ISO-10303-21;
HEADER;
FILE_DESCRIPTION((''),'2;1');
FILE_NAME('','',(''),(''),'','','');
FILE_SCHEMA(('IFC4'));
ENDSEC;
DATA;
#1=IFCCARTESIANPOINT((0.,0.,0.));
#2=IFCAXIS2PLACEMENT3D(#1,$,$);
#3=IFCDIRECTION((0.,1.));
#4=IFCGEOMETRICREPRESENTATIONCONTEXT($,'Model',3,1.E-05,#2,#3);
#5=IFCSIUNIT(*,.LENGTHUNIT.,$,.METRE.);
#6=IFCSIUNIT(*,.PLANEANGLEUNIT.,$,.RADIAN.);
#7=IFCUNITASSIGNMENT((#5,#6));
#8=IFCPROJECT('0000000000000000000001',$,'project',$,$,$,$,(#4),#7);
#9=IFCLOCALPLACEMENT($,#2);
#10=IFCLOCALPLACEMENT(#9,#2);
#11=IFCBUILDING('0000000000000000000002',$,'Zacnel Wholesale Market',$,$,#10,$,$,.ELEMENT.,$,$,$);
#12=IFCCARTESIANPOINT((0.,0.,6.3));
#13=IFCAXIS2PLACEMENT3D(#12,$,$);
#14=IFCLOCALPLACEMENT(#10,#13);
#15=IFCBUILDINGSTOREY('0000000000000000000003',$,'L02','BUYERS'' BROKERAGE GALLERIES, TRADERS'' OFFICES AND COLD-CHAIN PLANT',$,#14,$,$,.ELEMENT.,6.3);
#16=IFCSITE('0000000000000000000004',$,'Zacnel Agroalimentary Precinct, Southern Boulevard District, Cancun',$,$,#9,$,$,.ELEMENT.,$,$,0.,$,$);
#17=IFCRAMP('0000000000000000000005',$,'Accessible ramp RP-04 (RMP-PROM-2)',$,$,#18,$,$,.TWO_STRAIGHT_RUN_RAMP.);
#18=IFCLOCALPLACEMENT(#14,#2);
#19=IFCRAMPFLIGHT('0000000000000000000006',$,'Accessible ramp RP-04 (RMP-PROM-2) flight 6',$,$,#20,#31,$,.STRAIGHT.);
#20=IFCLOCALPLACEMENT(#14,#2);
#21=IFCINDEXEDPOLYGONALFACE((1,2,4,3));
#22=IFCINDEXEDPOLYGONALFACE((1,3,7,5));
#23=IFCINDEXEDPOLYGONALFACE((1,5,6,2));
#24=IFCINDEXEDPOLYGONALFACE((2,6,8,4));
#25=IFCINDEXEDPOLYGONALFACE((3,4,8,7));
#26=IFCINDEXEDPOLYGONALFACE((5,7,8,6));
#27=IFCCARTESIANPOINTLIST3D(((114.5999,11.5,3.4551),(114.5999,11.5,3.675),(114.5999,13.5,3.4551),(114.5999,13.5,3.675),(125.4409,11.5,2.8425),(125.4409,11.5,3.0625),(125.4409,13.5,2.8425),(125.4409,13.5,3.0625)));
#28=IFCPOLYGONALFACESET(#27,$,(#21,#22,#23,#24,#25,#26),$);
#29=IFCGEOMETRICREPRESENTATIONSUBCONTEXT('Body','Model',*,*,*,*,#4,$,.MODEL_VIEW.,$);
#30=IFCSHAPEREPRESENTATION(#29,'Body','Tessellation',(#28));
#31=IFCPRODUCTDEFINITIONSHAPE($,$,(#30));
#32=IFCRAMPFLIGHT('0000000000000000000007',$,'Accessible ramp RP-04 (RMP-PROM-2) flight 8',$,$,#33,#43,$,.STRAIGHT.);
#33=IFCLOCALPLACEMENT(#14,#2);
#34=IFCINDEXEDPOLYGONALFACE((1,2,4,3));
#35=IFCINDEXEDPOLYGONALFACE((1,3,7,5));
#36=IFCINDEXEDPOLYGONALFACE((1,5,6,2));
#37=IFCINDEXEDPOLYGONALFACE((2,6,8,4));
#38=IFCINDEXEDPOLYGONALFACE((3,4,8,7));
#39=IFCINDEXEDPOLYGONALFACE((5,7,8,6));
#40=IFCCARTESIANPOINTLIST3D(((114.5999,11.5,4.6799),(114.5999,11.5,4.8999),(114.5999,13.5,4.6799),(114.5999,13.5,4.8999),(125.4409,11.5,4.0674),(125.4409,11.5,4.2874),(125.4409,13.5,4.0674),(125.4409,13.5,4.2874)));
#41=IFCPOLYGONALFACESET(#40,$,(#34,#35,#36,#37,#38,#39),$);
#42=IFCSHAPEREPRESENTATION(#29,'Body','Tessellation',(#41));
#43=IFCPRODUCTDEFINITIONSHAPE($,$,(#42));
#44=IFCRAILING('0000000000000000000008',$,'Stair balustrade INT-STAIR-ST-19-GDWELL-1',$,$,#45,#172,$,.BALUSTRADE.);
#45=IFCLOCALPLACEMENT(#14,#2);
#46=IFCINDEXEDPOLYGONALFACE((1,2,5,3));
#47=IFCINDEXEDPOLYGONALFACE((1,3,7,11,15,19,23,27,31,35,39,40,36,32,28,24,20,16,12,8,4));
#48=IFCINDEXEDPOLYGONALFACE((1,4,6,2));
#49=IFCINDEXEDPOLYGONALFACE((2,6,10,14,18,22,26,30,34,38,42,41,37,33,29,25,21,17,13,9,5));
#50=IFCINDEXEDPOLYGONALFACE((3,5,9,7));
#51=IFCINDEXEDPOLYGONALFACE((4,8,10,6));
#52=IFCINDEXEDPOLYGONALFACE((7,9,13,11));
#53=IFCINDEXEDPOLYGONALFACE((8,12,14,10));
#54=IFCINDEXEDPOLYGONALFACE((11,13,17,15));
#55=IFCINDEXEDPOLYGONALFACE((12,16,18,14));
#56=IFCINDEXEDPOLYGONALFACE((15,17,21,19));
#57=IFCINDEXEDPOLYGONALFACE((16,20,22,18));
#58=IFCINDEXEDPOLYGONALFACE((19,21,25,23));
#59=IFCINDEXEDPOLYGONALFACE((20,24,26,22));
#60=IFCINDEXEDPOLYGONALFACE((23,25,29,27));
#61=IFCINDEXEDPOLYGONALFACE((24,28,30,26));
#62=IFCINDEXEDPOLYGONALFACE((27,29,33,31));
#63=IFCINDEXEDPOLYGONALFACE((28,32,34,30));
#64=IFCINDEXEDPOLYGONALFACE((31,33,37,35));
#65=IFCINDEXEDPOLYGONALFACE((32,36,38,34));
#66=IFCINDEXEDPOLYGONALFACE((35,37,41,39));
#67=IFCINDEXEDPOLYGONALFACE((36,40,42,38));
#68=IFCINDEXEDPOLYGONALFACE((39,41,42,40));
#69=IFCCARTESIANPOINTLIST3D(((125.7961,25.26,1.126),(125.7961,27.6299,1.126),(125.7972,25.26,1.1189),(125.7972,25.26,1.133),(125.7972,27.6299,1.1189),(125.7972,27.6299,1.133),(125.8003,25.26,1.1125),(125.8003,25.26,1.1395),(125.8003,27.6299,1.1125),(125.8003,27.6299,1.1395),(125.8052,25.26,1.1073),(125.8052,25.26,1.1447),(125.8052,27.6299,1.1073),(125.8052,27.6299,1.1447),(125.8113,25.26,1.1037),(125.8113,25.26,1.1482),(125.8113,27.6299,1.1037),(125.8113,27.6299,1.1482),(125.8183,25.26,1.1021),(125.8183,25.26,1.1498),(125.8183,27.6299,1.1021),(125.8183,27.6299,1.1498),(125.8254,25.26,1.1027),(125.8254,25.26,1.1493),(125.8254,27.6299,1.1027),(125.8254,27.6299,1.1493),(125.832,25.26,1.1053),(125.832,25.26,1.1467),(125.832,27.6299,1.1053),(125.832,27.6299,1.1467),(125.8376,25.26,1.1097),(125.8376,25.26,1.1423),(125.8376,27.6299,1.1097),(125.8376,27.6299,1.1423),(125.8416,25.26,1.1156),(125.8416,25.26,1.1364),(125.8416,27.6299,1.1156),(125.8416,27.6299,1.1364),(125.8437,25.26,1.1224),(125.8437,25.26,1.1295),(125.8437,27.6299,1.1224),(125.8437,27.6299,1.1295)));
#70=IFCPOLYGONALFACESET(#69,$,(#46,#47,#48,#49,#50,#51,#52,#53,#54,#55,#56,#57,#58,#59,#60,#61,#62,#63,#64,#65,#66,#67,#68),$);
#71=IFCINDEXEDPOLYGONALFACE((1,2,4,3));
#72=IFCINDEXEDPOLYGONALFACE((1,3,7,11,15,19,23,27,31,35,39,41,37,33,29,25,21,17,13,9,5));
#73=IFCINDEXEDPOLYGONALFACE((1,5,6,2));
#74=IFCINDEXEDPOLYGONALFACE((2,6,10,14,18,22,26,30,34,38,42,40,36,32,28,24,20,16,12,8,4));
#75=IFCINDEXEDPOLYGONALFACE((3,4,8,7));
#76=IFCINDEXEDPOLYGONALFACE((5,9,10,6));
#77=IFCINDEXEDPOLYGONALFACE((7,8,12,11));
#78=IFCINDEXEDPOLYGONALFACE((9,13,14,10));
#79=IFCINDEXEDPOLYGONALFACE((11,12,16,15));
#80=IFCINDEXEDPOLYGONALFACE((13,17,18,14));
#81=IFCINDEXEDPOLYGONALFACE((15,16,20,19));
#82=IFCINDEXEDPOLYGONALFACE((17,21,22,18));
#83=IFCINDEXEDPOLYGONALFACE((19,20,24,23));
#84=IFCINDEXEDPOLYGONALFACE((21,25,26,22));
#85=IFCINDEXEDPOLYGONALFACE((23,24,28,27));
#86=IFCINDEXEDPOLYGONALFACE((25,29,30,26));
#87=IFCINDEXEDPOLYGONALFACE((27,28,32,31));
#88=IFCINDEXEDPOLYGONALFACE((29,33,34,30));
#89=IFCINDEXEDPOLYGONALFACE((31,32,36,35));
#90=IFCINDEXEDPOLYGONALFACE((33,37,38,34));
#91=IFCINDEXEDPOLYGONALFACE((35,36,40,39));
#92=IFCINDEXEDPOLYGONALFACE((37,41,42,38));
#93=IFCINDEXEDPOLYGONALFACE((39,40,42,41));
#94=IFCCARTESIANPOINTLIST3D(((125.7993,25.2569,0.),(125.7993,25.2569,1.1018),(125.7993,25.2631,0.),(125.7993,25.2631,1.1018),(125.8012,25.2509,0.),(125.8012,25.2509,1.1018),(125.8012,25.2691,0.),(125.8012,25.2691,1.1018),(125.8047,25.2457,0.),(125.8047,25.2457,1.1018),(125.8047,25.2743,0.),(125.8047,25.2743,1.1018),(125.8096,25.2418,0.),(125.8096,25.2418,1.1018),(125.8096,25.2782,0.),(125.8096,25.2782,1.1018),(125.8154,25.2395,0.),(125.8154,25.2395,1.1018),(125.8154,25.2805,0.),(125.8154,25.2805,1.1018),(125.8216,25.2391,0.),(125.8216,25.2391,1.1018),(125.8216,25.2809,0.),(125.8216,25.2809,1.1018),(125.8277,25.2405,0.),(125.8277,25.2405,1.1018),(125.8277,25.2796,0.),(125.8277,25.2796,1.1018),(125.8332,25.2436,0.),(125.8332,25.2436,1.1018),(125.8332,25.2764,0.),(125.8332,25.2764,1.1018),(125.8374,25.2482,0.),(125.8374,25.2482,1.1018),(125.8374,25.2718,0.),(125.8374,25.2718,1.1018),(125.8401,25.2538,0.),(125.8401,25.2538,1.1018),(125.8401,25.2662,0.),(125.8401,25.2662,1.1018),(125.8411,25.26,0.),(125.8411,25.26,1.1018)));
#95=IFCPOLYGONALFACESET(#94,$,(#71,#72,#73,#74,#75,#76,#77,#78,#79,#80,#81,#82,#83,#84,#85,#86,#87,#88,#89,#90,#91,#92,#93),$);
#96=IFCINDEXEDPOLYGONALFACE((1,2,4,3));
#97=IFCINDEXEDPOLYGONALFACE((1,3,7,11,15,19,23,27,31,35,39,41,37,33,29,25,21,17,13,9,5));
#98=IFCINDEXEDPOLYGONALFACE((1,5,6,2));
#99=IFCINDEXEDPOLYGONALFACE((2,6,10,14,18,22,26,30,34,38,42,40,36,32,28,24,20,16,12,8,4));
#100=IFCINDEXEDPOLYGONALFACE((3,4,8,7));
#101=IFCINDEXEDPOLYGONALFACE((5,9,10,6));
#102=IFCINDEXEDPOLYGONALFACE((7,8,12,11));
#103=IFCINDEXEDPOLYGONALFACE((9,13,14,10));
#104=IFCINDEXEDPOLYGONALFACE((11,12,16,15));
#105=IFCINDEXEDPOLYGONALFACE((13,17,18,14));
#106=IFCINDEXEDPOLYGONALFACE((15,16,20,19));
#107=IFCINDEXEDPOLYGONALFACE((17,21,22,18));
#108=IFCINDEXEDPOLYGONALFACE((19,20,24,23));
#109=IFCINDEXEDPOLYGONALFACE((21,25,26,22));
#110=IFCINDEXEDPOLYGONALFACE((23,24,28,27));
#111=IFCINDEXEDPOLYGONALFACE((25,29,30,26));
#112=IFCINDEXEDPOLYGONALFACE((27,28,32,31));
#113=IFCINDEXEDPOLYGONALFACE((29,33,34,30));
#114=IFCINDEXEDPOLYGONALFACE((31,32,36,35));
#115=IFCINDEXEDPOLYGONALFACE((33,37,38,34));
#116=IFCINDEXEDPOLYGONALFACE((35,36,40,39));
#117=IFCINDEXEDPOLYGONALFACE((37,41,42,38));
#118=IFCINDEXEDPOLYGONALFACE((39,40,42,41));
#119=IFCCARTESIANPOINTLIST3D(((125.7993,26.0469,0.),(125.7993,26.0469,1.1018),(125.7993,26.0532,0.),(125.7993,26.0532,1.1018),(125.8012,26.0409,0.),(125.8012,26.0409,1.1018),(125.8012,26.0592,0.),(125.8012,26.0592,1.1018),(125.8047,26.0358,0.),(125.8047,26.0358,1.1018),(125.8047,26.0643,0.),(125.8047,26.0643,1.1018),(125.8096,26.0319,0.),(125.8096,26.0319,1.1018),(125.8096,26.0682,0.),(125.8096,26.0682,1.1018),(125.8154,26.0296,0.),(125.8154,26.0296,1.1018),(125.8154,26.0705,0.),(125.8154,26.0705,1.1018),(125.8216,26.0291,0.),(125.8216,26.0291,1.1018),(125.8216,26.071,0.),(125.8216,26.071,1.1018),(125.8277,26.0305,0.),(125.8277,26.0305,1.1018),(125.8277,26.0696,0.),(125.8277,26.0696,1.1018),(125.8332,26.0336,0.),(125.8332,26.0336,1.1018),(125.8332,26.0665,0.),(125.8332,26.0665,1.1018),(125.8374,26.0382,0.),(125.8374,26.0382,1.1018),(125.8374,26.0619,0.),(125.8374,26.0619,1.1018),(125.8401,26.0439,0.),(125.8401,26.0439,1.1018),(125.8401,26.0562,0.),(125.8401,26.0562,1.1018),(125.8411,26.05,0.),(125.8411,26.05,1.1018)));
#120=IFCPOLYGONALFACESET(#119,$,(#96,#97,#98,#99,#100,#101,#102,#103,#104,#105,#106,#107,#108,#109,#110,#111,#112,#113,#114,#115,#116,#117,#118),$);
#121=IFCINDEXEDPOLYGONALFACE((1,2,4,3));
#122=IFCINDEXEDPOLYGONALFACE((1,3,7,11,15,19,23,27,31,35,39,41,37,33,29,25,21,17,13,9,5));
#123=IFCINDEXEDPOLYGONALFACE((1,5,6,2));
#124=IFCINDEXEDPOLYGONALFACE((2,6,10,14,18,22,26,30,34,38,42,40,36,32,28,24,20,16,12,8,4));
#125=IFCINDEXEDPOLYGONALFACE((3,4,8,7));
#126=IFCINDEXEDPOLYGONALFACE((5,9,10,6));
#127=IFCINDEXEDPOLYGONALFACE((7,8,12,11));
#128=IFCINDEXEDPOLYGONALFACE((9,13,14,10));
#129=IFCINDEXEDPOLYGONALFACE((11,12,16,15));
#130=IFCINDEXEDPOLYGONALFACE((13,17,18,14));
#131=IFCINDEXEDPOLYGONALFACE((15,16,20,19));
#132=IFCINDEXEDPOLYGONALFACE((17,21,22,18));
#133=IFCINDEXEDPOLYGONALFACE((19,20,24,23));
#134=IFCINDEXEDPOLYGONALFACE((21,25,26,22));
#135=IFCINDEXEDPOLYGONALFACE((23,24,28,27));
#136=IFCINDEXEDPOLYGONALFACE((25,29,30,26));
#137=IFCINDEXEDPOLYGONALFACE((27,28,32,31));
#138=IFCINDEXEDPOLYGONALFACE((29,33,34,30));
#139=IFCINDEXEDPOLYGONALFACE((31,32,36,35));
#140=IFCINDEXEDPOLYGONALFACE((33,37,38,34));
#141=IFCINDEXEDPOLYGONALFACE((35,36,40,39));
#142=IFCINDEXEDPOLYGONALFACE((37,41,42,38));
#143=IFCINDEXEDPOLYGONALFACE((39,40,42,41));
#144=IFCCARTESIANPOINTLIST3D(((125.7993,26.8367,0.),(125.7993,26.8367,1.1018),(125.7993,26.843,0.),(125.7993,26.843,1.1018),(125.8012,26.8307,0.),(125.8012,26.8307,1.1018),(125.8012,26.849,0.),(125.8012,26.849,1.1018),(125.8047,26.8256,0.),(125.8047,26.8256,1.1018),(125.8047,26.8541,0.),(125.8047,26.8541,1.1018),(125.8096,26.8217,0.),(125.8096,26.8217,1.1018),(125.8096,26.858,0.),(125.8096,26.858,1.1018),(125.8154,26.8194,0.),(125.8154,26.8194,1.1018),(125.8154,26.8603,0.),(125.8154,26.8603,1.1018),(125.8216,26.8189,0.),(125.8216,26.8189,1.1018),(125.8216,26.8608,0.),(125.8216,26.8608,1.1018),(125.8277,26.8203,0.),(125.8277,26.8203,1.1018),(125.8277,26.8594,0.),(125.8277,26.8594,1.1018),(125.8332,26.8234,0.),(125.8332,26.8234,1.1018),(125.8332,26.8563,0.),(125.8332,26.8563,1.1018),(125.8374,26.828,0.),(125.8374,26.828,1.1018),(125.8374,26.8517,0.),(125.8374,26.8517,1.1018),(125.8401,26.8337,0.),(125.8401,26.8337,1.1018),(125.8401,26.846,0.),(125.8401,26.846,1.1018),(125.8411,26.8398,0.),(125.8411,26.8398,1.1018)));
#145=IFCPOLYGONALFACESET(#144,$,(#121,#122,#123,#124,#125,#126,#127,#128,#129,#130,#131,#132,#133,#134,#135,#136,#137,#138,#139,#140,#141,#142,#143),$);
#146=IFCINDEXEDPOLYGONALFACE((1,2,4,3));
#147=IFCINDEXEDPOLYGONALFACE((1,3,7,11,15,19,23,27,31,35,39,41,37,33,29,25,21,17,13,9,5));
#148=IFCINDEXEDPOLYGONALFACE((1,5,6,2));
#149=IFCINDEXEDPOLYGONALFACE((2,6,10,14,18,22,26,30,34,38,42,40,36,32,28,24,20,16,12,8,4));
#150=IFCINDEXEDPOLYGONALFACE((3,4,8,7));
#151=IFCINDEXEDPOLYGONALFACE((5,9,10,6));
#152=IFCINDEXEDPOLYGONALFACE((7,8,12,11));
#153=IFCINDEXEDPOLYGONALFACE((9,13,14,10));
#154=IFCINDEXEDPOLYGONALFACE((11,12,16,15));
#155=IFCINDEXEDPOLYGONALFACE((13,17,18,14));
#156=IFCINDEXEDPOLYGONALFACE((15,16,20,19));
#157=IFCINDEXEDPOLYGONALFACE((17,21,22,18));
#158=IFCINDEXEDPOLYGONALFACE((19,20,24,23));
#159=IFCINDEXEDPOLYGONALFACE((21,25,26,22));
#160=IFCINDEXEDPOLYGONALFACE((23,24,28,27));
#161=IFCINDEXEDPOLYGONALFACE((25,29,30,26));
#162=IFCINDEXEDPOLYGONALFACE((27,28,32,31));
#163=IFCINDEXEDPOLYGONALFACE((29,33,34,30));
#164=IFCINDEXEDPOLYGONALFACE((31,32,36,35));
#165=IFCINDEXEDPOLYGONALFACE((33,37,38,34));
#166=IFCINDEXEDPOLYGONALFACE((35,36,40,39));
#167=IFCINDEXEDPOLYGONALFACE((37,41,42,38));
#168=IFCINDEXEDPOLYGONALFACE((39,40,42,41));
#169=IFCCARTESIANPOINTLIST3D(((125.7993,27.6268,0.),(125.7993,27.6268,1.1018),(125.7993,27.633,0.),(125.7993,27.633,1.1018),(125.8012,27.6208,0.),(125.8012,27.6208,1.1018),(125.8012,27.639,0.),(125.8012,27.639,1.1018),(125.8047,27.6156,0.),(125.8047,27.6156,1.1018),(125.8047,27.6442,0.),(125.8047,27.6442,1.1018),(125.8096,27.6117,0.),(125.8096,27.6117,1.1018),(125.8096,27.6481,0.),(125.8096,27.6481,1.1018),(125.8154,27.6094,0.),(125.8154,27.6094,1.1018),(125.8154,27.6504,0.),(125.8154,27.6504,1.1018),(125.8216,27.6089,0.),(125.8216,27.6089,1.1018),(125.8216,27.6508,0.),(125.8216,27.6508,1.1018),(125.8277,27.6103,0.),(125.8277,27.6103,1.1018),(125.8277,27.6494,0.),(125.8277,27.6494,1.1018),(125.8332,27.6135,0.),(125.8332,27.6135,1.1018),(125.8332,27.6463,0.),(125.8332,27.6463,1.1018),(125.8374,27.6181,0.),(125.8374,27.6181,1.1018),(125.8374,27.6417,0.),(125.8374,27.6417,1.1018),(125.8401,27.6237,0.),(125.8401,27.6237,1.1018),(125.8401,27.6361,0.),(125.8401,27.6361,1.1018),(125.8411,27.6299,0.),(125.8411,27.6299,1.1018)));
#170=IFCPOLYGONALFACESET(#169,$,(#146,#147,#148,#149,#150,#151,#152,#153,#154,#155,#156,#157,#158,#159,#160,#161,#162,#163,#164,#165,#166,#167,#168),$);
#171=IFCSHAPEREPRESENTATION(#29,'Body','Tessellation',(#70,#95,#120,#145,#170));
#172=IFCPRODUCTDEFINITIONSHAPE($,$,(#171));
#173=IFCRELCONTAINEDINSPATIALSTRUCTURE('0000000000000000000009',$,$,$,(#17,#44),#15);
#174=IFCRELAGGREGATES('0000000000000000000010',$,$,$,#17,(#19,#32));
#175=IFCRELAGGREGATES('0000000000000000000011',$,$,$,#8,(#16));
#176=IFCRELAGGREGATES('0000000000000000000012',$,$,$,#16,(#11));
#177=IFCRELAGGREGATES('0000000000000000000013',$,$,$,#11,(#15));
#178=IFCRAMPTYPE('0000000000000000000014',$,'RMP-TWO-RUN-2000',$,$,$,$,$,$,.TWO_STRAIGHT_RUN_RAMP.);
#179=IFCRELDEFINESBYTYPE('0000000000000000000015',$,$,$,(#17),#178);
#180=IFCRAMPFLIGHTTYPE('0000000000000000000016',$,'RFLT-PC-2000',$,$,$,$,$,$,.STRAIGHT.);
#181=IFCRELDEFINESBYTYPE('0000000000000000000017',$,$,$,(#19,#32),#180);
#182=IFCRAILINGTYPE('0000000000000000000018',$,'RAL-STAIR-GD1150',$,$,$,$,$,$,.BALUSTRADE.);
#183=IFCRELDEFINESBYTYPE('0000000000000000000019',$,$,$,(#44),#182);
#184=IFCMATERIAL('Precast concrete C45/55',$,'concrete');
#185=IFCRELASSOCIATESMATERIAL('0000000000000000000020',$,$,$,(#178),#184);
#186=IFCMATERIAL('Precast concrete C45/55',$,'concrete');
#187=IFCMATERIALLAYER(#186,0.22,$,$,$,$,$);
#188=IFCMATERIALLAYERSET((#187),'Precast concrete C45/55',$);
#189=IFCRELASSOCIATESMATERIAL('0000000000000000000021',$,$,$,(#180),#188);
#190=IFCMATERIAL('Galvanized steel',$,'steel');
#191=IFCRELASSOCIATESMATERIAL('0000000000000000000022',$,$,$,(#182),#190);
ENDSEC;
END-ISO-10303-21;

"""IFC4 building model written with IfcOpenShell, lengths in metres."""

from ifc_helpers import new_model, si_unit, direction, frame, origin, origin_2d, place, context, subcontext, project, spatial, polyline, circle, outline, extrude, material, layer, layer_set, type_object, element, aggregate, save


model = new_model("IFC4")

# Units and contexts
model_context = context("Model", 3, precision=1e-05, world=origin(), true_north=direction((0.0, 1.0)))
body_context = subcontext(model_context, "Body", "Model", "MODEL_VIEW")
ifc_project = project(units=[si_unit("LENGTHUNIT", "METRE"), si_unit("PLANEANGLEUNIT", "RADIAN")], contexts=[model_context])

# Site, building, storey
site_placement = place(None, origin())
site = spatial("IfcSite", under=ifc_project, at=site_placement, Name="Zacnel Agroalimentary Precinct, Southern Boulevard District, Cancun", CompositionType="ELEMENT", RefElevation=0.0)
building_placement = place(site_placement, origin())
building = spatial("IfcBuilding", under=site, at=building_placement, Name="Zacnel Wholesale Market", CompositionType="ELEMENT")
storey_placement = place(building_placement, frame((0.0, 0.0, 6.3)))
storey = spatial("IfcBuildingStorey", under=building, at=storey_placement, Name="L02", Description="BUYERS' BROKERAGE GALLERIES, TRADERS' OFFICES AND COLD-CHAIN PLANT", CompositionType="ELEMENT", Elevation=6.3)

# Ramp
ifc_material_1 = material(Name="Precast concrete C45/55", Category="concrete")
ramp_type = type_object("IfcRampType", Name="RMP-TWO-RUN-2000", PredefinedType="TWO_STRAIGHT_RUN_RAMP", material=ifc_material_1)
ramp_placement = place(storey_placement, origin())
ramp = element("IfcRamp", 1, at=ramp_placement, inside=storey, type_object=ramp_type, Name="Accessible ramp RP-04 (RMP-PROM-2)", PredefinedType="TWO_STRAIGHT_RUN_RAMP")

# Ramp flights
ifc_material_2 = material(Name="Precast concrete C45/55", Category="concrete")
ifc_layer_1 = layer(ifc_material_2, 0.22)
ifc_layer_set_1 = layer_set([ifc_layer_1], Name="Precast concrete C45/55")
ramp_flight_type = type_object("IfcRampFlightType", Name="RFLT-PC-2000", PredefinedType="STRAIGHT", material=ifc_layer_set_1)
ramp_flight_1_placement = place(storey_placement, frame((125.4409, 12.5, 3.0625), z_axis=(0.0, 0.0, 1.0), x_axis=(-1.0, 0.0, 0.0)))
ramp_flight_1 = element("IfcRampFlight", 2, at=ramp_flight_1_placement, type_object=ramp_flight_type, Name="Accessible ramp RP-04 (RMP-PROM-2) flight 6", PredefinedType="STRAIGHT", context=body_context, shape_type="SweptSolid", body=[
    extrude(outline(polyline([(0.0, 0.0), (10.8411, 0.6125), (10.8411, 0.3926), (0.0, -0.22), (0.0, 0.0)])), frame((0.0, 1.0, 0.0), z_axis=(0.0, -1.0, 0.0), x_axis=(1.0, 0.0, 0.0)), (0.0, 0.0, 1.0), 2.0),
])
ramp_flight_2_placement = place(storey_placement, frame((125.4409, 12.5, 4.2874), z_axis=(0.0, 0.0, 1.0), x_axis=(-1.0, 0.0, 0.0)))
ramp_flight_2 = element("IfcRampFlight", 3, at=ramp_flight_2_placement, type_object=ramp_flight_type, Name="Accessible ramp RP-04 (RMP-PROM-2) flight 8", PredefinedType="STRAIGHT", context=body_context, shape_type="SweptSolid", body=[
    extrude(outline(polyline([(0.0, 0.0), (10.8411, 0.6125), (10.8411, 0.3926), (0.0, -0.22), (0.0, 0.0)])), frame((0.0, 1.0, 0.0), z_axis=(0.0, -1.0, 0.0), x_axis=(1.0, 0.0, 0.0)), (0.0, 0.0, 1.0), 2.0),
])
aggregate(ramp, [ramp_flight_1, ramp_flight_2])

# Railing
ifc_material_3 = material(Name="Galvanized steel", Category="steel")
railing_type = type_object("IfcRailingType", Name="RAL-STAIR-GD1150", PredefinedType="BALUSTRADE", material=ifc_material_3)
railing_placement = place(storey_placement, frame((125.8201, 25.26, 0.0)))
element("IfcRailing", 4, at=railing_placement, inside=storey, type_object=railing_type, Name="Stair balustrade INT-STAIR-ST-19-GDWELL-1", PredefinedType="BALUSTRADE", context=body_context, shape_type="SweptSolid", body=[
    extrude(circle(Radius=0.0239, at=origin_2d()), frame((0.0, 0.0, 1.126), z_axis=(0.0, 1.0, 0.0), x_axis=(-1.0, 0.0, 0.0)), (0.0, 0.0, 1.0), 2.3699),
    extrude(circle(Radius=0.021, at=origin_2d()), origin(), (0.0, 0.0, 1.0), 1.1018),
    extrude(circle(Radius=0.021, at=origin_2d()), frame((0.0, 0.79, 0.0)), (0.0, 0.0, 1.0), 1.1018),
    extrude(circle(Radius=0.021, at=origin_2d()), frame((0.0, 1.5798, 0.0)), (0.0, 0.0, 1.0), 1.1018),
    extrude(circle(Radius=0.021, at=origin_2d()), frame((0.0, 2.3699, 0.0)), (0.0, 0.0, 1.0), 1.1018),
])

save(model, "model.ifc")
